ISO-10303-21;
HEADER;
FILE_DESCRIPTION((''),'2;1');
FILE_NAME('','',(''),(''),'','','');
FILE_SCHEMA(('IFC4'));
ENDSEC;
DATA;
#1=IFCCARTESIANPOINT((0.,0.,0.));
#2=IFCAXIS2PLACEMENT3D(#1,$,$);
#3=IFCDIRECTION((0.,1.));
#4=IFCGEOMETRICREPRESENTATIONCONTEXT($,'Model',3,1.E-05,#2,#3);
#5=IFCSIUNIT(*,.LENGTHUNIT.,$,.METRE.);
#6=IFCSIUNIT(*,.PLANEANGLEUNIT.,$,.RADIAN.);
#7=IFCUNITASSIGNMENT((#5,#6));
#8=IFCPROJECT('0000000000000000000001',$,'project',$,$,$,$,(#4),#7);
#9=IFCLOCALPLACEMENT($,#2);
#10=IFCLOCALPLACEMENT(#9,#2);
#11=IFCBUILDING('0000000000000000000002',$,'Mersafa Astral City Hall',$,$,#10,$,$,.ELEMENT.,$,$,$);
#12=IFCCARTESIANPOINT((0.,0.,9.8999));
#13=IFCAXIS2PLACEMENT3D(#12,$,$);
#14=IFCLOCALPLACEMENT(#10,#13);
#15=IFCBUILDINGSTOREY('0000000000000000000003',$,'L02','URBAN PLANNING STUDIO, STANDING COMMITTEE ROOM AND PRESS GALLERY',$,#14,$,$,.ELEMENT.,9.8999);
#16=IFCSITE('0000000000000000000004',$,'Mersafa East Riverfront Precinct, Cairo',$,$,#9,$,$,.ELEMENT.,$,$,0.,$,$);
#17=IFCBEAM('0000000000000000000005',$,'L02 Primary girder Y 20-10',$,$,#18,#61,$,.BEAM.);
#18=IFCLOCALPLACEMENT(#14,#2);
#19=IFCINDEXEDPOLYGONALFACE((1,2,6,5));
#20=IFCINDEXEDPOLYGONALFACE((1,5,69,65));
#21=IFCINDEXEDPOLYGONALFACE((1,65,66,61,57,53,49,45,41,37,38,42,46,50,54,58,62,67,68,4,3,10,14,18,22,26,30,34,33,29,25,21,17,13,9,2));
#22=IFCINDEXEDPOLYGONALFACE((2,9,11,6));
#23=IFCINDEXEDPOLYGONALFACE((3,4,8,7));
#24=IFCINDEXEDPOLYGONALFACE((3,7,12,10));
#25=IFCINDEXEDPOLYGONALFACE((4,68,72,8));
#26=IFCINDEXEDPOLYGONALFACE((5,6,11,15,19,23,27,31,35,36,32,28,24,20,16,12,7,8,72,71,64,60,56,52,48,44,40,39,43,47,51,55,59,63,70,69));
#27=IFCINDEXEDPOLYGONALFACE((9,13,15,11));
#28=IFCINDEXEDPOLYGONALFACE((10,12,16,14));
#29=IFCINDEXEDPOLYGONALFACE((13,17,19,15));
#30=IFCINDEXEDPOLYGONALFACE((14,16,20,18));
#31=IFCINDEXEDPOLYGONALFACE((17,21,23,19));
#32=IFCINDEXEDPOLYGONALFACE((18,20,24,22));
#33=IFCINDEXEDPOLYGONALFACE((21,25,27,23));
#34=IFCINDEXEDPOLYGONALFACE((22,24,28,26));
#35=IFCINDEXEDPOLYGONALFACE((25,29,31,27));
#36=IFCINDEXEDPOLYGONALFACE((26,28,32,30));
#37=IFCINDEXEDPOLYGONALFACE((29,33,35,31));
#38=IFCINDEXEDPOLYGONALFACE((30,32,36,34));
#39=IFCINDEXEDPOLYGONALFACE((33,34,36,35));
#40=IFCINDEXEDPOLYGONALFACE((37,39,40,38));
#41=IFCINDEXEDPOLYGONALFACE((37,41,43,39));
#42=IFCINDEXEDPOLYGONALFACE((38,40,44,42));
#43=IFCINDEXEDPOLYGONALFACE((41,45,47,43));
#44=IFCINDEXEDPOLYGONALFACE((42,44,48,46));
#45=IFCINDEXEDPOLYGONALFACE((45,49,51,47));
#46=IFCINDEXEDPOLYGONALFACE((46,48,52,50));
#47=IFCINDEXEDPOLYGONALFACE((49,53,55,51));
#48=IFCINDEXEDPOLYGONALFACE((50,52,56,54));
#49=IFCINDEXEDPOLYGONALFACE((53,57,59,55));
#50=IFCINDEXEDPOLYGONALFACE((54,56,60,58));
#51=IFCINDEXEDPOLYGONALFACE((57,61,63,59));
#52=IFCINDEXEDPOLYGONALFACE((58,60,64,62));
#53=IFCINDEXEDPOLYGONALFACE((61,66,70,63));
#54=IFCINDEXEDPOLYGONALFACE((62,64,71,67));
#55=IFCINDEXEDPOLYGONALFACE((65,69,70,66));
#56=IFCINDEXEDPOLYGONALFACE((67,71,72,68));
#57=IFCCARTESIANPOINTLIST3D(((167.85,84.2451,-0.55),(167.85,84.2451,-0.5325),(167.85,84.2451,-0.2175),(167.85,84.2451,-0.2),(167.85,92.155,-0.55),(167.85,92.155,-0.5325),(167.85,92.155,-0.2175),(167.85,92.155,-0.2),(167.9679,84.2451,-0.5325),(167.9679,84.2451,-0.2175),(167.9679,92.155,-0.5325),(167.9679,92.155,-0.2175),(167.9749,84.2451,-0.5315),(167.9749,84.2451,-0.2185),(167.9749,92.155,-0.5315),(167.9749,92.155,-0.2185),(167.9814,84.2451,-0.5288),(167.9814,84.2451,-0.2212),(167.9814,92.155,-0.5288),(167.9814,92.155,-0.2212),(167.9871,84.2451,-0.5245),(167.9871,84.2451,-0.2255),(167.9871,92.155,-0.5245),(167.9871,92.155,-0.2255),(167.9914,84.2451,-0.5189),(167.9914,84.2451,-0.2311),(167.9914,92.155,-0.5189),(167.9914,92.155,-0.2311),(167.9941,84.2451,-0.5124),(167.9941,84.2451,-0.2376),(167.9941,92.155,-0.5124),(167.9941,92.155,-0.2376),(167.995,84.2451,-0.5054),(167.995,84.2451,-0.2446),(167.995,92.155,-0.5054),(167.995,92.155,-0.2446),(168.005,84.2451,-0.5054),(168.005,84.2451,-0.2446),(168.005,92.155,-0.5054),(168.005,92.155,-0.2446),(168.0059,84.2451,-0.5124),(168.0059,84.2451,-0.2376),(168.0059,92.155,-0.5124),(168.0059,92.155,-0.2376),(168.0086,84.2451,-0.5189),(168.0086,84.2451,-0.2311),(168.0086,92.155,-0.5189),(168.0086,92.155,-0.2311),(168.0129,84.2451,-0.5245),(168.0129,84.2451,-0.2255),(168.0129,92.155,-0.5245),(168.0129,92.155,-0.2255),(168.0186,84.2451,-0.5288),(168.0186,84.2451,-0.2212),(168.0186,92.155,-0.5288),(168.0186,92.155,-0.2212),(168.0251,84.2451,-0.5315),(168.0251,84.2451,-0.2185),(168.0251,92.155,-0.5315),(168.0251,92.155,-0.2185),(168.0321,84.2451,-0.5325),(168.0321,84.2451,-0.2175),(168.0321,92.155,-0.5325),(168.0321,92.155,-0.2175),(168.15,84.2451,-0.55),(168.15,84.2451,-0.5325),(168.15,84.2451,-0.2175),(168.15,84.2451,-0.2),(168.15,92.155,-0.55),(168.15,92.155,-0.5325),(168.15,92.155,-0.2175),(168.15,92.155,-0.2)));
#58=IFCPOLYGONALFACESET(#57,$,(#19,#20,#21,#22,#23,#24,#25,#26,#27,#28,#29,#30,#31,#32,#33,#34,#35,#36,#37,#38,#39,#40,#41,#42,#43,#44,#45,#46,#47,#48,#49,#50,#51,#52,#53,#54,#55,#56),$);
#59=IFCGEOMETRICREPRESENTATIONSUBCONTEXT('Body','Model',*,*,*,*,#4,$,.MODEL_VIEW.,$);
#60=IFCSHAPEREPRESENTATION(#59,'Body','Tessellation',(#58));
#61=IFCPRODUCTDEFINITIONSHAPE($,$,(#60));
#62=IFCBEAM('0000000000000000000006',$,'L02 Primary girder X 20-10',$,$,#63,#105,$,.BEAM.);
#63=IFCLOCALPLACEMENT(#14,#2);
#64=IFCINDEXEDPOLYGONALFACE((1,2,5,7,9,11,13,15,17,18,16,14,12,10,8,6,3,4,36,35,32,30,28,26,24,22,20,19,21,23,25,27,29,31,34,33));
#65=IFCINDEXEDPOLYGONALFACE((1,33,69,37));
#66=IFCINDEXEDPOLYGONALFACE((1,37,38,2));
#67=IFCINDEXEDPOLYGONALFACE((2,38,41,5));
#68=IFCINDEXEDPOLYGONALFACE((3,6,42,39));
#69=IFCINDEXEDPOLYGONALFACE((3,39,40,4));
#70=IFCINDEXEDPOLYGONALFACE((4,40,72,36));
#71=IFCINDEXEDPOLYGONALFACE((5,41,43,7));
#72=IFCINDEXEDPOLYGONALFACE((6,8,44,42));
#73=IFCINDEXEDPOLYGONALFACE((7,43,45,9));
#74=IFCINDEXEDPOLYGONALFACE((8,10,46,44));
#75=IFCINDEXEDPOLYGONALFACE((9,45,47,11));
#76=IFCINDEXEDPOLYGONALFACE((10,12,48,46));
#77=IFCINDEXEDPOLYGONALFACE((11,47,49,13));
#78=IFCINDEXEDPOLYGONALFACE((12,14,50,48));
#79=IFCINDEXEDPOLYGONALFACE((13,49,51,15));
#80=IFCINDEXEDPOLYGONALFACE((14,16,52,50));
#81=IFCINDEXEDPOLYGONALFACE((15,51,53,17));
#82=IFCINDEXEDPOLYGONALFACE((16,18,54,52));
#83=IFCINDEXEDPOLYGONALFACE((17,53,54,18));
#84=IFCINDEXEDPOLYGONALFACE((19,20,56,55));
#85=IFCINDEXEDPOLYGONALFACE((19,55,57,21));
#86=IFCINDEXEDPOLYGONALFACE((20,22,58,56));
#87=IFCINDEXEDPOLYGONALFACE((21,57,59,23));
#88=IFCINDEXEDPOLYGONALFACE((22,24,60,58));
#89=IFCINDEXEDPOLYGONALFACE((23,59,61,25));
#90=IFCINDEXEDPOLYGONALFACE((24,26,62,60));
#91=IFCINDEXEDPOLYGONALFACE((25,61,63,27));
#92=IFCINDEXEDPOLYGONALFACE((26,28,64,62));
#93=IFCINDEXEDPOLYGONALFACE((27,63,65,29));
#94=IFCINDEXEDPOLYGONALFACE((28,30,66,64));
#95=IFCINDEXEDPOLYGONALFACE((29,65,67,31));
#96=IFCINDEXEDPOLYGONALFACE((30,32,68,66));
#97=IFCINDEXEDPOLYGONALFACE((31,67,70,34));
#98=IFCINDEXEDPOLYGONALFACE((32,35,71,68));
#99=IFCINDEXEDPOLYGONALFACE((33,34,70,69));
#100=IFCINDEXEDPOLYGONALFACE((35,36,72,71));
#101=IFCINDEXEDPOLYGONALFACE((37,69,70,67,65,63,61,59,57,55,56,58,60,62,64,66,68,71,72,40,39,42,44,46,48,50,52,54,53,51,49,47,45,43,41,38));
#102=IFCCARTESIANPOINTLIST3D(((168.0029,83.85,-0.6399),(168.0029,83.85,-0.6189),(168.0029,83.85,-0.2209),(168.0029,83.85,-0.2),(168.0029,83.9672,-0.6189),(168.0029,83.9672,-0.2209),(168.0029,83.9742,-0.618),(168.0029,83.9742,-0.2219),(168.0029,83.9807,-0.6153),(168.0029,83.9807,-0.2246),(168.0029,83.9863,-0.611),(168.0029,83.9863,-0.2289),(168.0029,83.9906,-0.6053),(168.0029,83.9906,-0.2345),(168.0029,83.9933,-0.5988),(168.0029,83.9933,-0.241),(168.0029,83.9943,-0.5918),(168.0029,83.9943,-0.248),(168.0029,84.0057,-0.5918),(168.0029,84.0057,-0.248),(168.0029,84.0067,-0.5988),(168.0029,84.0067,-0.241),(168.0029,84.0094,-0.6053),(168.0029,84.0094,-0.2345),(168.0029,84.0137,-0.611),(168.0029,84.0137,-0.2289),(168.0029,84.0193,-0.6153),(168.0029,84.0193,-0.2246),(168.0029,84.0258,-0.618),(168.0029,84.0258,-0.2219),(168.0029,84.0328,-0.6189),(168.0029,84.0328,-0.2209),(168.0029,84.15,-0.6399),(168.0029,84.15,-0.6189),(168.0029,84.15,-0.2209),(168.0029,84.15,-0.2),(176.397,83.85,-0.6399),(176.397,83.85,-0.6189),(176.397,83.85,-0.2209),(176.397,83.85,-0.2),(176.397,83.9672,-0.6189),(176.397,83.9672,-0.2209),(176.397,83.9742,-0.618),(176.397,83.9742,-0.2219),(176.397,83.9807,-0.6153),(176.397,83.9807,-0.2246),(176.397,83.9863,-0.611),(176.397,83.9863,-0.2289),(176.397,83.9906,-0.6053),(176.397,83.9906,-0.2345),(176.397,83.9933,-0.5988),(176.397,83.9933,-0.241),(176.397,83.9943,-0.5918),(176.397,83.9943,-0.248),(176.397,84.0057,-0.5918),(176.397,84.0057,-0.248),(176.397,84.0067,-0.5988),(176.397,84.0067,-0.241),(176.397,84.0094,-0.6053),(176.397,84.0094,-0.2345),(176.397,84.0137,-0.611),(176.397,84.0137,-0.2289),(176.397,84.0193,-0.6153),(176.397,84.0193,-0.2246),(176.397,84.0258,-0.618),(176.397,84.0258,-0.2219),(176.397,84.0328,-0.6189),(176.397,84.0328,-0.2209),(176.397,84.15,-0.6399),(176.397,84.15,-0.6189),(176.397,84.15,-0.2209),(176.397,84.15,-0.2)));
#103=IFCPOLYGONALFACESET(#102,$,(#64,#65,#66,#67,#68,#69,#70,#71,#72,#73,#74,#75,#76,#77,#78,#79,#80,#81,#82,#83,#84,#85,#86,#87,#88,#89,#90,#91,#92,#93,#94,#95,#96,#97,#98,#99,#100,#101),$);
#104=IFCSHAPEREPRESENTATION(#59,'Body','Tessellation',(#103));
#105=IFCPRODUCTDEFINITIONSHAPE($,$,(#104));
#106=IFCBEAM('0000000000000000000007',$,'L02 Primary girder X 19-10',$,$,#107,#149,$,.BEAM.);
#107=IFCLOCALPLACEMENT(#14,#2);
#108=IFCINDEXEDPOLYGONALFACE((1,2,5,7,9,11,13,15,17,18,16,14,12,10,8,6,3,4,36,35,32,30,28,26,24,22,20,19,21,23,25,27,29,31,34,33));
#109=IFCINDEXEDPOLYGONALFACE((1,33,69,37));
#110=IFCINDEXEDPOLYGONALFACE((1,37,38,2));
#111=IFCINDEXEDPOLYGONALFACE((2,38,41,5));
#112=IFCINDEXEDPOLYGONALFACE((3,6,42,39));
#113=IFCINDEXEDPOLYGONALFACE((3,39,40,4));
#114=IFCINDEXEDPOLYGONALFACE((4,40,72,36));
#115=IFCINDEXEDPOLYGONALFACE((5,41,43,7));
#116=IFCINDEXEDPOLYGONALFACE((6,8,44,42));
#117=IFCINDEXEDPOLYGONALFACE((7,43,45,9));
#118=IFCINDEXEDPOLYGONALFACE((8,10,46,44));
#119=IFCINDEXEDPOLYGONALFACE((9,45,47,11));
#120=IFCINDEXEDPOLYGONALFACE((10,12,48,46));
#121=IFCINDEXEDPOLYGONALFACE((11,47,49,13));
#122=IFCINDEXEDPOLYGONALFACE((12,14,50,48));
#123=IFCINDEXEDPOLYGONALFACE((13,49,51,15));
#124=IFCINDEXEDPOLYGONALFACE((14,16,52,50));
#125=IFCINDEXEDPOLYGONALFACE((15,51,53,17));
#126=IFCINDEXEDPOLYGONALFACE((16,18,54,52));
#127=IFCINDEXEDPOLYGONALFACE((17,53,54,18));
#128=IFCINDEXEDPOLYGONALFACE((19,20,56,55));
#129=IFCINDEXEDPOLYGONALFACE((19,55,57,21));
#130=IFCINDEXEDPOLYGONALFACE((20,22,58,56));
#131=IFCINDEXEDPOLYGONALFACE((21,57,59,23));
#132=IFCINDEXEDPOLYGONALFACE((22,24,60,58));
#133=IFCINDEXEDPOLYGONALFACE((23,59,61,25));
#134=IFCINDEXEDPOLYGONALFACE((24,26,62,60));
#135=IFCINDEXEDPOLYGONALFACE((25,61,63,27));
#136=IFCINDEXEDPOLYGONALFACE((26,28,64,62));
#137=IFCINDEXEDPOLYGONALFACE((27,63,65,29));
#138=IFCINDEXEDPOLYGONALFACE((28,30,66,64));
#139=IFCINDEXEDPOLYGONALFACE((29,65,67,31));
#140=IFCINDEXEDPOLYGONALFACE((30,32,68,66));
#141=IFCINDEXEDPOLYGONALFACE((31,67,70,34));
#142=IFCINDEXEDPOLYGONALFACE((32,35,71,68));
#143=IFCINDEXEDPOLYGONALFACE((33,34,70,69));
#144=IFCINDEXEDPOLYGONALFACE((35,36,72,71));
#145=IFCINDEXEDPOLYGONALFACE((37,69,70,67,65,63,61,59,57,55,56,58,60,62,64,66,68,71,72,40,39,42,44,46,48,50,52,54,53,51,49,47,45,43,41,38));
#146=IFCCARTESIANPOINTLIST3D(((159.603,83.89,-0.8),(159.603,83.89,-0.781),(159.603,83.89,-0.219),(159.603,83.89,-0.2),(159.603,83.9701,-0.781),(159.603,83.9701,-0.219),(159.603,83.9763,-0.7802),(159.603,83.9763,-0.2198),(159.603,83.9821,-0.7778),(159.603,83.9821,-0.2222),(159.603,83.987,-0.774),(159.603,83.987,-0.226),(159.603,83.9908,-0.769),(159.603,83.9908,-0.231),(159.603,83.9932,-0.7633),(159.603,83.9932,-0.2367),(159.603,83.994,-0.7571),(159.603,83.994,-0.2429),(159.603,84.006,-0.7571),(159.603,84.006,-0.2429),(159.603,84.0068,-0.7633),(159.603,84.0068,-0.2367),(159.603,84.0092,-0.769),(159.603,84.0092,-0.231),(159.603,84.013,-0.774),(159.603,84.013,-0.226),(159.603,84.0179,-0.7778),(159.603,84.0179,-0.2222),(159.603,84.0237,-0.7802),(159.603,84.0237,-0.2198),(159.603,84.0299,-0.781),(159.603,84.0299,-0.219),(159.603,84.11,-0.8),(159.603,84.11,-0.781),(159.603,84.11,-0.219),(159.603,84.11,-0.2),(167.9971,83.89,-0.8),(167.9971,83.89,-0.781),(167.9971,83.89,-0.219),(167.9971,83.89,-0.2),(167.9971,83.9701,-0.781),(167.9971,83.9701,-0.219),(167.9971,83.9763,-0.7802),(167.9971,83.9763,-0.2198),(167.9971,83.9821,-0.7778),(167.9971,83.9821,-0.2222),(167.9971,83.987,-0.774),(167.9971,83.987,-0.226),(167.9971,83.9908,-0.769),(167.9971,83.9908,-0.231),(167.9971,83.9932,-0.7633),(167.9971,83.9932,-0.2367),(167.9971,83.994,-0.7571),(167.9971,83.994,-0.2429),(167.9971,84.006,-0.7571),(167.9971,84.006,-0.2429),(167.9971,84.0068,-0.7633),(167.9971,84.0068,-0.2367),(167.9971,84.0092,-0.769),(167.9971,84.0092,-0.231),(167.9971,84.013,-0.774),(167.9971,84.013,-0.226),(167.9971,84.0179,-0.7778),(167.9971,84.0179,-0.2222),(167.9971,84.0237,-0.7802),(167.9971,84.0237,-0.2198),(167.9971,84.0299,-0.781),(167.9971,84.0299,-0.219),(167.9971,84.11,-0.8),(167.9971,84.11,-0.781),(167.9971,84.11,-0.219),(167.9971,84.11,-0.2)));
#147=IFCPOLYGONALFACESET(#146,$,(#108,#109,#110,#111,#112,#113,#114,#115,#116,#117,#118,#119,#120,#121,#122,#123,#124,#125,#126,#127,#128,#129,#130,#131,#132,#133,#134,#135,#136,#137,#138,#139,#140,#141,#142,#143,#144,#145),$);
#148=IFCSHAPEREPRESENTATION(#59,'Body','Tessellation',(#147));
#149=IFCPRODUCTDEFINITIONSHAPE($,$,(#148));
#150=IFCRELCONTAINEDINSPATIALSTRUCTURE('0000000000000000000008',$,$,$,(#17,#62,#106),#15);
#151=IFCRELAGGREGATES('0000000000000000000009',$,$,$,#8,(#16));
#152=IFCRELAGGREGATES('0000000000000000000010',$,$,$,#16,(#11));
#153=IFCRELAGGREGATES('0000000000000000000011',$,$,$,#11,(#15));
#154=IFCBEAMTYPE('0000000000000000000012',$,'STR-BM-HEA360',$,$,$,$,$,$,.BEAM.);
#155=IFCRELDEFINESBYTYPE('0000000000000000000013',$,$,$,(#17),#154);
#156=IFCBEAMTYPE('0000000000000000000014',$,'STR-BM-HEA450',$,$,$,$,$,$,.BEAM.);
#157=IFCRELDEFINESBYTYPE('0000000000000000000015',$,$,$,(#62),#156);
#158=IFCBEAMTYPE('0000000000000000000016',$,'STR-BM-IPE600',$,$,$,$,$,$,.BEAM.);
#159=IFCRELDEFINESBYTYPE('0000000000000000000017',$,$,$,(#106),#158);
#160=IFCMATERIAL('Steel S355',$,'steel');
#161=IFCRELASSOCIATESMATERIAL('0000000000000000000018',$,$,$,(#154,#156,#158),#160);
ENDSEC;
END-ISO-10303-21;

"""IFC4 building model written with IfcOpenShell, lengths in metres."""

from ifc_helpers import new_model, si_unit, direction, frame, origin, origin_2d, place, context, subcontext, project, spatial, i_section, extrude, material, material_profile, profile_set, type_object, element, save


model = new_model("IFC4")

# Units and contexts
model_context = context("Model", 3, precision=1e-05, world=origin(), true_north=direction((0.0, 1.0)))
body_context = subcontext(model_context, "Body", "Model", "MODEL_VIEW")
ifc_project = project(units=[si_unit("LENGTHUNIT", "METRE"), si_unit("PLANEANGLEUNIT", "RADIAN")], contexts=[model_context])

# Site, building, storey
site_placement = place(None, origin())
site = spatial("IfcSite", under=ifc_project, at=site_placement, Name="Mersafa East Riverfront Precinct, Cairo", CompositionType="ELEMENT", RefElevation=0.0)
building_placement = place(site_placement, origin())
building = spatial("IfcBuilding", under=site, at=building_placement, Name="Mersafa Astral City Hall", CompositionType="ELEMENT")
storey_placement = place(building_placement, frame((0.0, 0.0, 9.8999)))
storey = spatial("IfcBuildingStorey", under=building, at=storey_placement, Name="L02", Description="URBAN PLANNING STUDIO, STANDING COMMITTEE ROOM AND PRESS GALLERY", CompositionType="ELEMENT", Elevation=9.8999)

# Shared definitions
ifc_material_1 = material(Name="Steel S355", Category="steel")

# Beams
ifc_material_profile_1 = material_profile(ifc_material_1, i_section(OverallWidth=0.3, OverallDepth=0.3501, WebThickness=0.01, FlangeThickness=0.0176, FilletRadius=0.0271, at=origin_2d()), Name="HEA 360")
ifc_profile_set_1 = profile_set([ifc_material_profile_1], Name="Steel S355")
beam_type_1 = type_object("IfcBeamType", Name="STR-BM-HEA360", PredefinedType="BEAM", material=ifc_profile_set_1)
beam_1_placement = place(storey_placement, frame((168.0, 84.2451, -0.375), z_axis=(0.0, 1.0, 0.0), x_axis=(-1.0, 0.0, 0.0)))
element("IfcBeam", 1, at=beam_1_placement, inside=storey, type_object=beam_type_1, Name="L02 Primary girder Y 20-10", PredefinedType="BEAM", context=body_context, shape_type="SweptSolid", body=[
    extrude(i_section(OverallWidth=0.3, OverallDepth=0.3501, WebThickness=0.01, FlangeThickness=0.0176, FilletRadius=0.0271, at=origin_2d()), origin(), (0.0, 0.0, 1.0), 7.9099),
])
ifc_material_profile_2 = material_profile(ifc_material_1, i_section(OverallWidth=0.3, OverallDepth=0.4399, WebThickness=0.0115, FlangeThickness=0.021, FilletRadius=0.0271, at=origin_2d()), Name="HEA 450")
ifc_profile_set_2 = profile_set([ifc_material_profile_2], Name="Steel S355")
beam_type_2 = type_object("IfcBeamType", Name="STR-BM-HEA450", PredefinedType="BEAM", material=ifc_profile_set_2)
beam_2_placement = place(storey_placement, frame((168.0029, 84.0, -0.4199), z_axis=(1.0, 0.0, 0.0), x_axis=(0.0, 1.0, 0.0)))
element("IfcBeam", 2, at=beam_2_placement, inside=storey, type_object=beam_type_2, Name="L02 Primary girder X 20-10", PredefinedType="BEAM", context=body_context, shape_type="SweptSolid", body=[
    extrude(i_section(OverallWidth=0.3, OverallDepth=0.4399, WebThickness=0.0115, FlangeThickness=0.021, FilletRadius=0.0271, at=origin_2d()), origin(), (0.0, 0.0, 1.0), 8.394),
])
ifc_material_profile_3 = material_profile(ifc_material_1, i_section(OverallWidth=0.22, OverallDepth=0.6001, WebThickness=0.012, FlangeThickness=0.019, FilletRadius=0.0239, at=origin_2d()), Name="IPE 600")
ifc_profile_set_3 = profile_set([ifc_material_profile_3], Name="Steel S355")
beam_type_3 = type_object("IfcBeamType", Name="STR-BM-IPE600", PredefinedType="BEAM", material=ifc_profile_set_3)
beam_3_placement = place(storey_placement, frame((159.603, 84.0, -0.5), z_axis=(1.0, 0.0, 0.0), x_axis=(0.0, 1.0, 0.0)))
element("IfcBeam", 3, at=beam_3_placement, inside=storey, type_object=beam_type_3, Name="L02 Primary girder X 19-10", PredefinedType="BEAM", context=body_context, shape_type="SweptSolid", body=[
    extrude(i_section(OverallWidth=0.22, OverallDepth=0.6001, WebThickness=0.012, FlangeThickness=0.019, FilletRadius=0.0239, at=origin_2d()), origin(), (0.0, 0.0, 1.0), 8.394),
])

save(model, "model.ifc")
